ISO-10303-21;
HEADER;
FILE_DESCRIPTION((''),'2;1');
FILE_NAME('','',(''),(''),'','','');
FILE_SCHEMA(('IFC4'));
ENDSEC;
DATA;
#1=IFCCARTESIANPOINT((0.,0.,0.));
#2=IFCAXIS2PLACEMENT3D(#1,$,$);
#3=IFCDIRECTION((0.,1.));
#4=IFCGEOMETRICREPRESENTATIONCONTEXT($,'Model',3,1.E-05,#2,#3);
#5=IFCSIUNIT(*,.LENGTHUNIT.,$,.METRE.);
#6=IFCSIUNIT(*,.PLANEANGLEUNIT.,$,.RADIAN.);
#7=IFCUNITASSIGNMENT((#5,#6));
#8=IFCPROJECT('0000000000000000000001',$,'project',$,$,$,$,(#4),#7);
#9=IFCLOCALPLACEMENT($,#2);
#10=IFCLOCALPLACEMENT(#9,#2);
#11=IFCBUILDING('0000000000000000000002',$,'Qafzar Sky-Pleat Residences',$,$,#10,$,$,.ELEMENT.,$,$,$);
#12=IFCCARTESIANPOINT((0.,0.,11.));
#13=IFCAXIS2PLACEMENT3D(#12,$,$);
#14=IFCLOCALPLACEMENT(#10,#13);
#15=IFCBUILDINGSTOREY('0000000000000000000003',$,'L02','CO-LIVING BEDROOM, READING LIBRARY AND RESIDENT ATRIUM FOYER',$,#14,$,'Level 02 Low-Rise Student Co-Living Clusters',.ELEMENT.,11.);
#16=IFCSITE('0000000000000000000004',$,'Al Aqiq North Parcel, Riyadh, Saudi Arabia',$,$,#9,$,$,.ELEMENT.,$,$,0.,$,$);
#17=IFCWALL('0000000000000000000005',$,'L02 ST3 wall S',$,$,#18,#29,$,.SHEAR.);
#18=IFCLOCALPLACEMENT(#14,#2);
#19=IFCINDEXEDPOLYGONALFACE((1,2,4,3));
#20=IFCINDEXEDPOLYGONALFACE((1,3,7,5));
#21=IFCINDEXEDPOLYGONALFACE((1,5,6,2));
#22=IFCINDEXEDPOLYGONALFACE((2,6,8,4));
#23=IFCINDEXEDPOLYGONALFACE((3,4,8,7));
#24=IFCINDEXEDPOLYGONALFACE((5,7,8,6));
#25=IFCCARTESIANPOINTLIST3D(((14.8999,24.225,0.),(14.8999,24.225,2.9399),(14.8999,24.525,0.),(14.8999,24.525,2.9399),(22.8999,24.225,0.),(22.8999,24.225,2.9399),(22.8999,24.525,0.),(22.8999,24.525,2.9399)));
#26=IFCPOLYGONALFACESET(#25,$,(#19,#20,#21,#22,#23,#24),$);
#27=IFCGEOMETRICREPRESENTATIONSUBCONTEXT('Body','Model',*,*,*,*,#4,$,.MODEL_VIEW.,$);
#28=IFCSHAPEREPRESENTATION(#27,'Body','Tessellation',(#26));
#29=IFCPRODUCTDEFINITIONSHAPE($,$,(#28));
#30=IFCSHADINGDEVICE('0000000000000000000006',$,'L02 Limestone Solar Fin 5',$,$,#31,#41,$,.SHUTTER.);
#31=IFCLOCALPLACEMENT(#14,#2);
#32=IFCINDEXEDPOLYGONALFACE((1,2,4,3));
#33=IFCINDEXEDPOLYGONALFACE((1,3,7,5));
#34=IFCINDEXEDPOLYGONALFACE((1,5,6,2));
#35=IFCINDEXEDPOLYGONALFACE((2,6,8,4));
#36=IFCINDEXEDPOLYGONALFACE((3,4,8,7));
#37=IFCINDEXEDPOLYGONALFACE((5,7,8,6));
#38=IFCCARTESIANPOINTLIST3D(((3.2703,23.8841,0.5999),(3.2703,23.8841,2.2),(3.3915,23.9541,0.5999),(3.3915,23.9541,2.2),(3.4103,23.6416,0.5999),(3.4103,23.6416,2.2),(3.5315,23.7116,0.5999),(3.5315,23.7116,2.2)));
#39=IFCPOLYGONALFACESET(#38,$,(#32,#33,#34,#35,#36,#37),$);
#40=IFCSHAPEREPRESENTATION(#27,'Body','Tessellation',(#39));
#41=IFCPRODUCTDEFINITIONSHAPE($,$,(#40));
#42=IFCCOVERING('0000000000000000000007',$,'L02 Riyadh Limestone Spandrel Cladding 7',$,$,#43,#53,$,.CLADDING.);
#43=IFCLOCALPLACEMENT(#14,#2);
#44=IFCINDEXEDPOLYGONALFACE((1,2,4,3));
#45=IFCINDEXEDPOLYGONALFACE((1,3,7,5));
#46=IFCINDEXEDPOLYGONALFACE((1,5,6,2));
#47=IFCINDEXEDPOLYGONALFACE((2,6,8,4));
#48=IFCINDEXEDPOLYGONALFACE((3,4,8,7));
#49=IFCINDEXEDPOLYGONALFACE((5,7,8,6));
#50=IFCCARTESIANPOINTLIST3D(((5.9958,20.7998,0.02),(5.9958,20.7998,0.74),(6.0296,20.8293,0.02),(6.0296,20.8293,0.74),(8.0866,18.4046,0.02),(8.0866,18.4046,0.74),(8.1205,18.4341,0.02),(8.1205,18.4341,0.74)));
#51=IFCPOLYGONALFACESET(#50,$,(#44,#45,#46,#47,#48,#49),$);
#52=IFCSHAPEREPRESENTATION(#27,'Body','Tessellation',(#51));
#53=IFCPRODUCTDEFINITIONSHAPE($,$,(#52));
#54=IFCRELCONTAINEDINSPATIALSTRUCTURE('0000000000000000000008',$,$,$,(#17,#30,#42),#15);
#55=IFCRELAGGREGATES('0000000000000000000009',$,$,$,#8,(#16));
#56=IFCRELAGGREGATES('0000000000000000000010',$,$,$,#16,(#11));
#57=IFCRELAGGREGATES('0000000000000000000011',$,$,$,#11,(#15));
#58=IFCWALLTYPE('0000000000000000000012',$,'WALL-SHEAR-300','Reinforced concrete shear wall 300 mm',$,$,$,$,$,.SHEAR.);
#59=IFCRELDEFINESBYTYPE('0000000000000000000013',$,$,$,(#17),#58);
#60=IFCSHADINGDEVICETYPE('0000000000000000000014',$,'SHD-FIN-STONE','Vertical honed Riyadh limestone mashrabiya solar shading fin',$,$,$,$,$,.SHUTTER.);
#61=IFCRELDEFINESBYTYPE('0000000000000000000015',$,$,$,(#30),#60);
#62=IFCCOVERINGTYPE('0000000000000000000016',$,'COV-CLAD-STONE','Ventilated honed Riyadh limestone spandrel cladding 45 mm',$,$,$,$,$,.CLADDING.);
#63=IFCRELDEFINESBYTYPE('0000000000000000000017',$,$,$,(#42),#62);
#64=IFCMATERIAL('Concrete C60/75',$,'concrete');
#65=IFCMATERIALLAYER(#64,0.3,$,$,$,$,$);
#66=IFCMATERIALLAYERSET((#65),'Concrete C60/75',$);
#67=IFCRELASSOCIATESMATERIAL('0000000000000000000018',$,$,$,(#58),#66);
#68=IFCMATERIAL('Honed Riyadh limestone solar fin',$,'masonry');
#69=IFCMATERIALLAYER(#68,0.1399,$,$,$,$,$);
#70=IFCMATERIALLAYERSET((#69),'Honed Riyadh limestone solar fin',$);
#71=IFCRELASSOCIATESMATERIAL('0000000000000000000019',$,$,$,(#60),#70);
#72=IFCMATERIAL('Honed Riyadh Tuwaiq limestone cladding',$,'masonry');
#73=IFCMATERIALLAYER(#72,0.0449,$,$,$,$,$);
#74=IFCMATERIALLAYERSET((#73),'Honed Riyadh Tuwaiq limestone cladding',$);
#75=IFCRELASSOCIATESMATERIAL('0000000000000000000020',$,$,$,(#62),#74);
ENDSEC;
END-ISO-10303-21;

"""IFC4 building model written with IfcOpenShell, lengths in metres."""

from ifc_helpers import new_model, si_unit, direction, frame, frame_2d, origin, origin_2d, place, context, subcontext, project, spatial, rectangle, extrude, source, transform, mapped, material, layer, layer_set, type_object, element, save


model = new_model("IFC4")

# Units and contexts
model_context = context("Model", 3, precision=1e-05, world=origin(), true_north=direction((0.0, 1.0)))
body_context = subcontext(model_context, "Body", "Model", "MODEL_VIEW")
ifc_project = project(units=[si_unit("LENGTHUNIT", "METRE"), si_unit("PLANEANGLEUNIT", "RADIAN")], contexts=[model_context])

# Site, building, storey
site_placement = place(None, origin())
site = spatial("IfcSite", under=ifc_project, at=site_placement, Name="Al Aqiq North Parcel, Riyadh, Saudi Arabia", CompositionType="ELEMENT", RefElevation=0.0)
building_placement = place(site_placement, origin())
building = spatial("IfcBuilding", under=site, at=building_placement, Name="Qafzar Sky-Pleat Residences", CompositionType="ELEMENT")
storey_placement = place(building_placement, frame((0.0, 0.0, 11.0)))
storey = spatial("IfcBuildingStorey", under=building, at=storey_placement, Name="L02", Description="CO-LIVING BEDROOM, READING LIBRARY AND RESIDENT ATRIUM FOYER", LongName="Level 02 Low-Rise Student Co-Living Clusters", CompositionType="ELEMENT", Elevation=11.0)

# Shared definitions
ifc_material_1 = material(Name="Concrete C60/75", Category="concrete")

# Wall
ifc_layer_1 = layer(ifc_material_1, 0.3)
ifc_layer_set_1 = layer_set([ifc_layer_1], Name="Concrete C60/75")
wall_type_1 = type_object("IfcWallType", Name="WALL-SHEAR-300", Description="Reinforced concrete shear wall 300 mm", PredefinedType="SHEAR", material=ifc_layer_set_1)
wall_1_placement = place(storey_placement, frame((14.8999, 24.375, 0.0), z_axis=(0.0, 0.0, 1.0), x_axis=(1.0, 0.0, 0.0)))
element("IfcWall", 1, at=wall_1_placement, inside=storey, type_object=wall_type_1, Name="L02 ST3 wall S", PredefinedType="SHEAR", context=body_context, shape_type="SweptSolid", body=[
    extrude(rectangle(XDim=8.0, YDim=0.3, at=frame_2d((4.0, 0.0))), origin(), (0.0, 0.0, 1.0), 2.9399),
])

# Shading device
ifc_material_2 = material(Name="Honed Riyadh limestone solar fin", Category="masonry")
ifc_layer_2 = layer(ifc_material_2, 0.1399)
ifc_layer_set_2 = layer_set([ifc_layer_2], Name="Honed Riyadh limestone solar fin")
shading_device_type = type_object("IfcShadingDeviceType", Name="SHD-FIN-STONE", Description="Vertical honed Riyadh limestone mashrabiya solar shading fin", PredefinedType="SHUTTER", material=ifc_layer_set_2)
shared_shape_1 = source(origin(), body_context, "Body", "SweptSolid", [
    extrude(rectangle(XDim=0.1399, YDim=0.28, at=origin_2d()), origin(), (0.0, 0.0, 1.0), 1.6001),
])
shading_device_placement = place(storey_placement, frame((3.4009, 23.7979, 0.5999), z_axis=(0.0, 0.0, 1.0), x_axis=(-0.866044, -0.499967, 0.0)))
element("IfcShadingDevice", 2, at=shading_device_placement, inside=storey, type_object=shading_device_type, Name="L02 Limestone Solar Fin 5", PredefinedType="SHUTTER", context=body_context, shape_type="MappedRepresentation", body=[
    mapped(shared_shape_1, transform((0.0, 0.0, 0.0), x_axis=(1.0, 0.0, 0.0), y_axis=(0.0, 1.0, 0.0), z_axis=(0.0, 0.0, 1.0), scale=1.0)),
])

# Covering
ifc_material_3 = material(Name="Honed Riyadh Tuwaiq limestone cladding", Category="masonry")
ifc_layer_3 = layer(ifc_material_3, 0.0449)
ifc_layer_set_3 = layer_set([ifc_layer_3], Name="Honed Riyadh Tuwaiq limestone cladding")
covering_type = type_object("IfcCoveringType", Name="COV-CLAD-STONE", Description="Ventilated honed Riyadh limestone spandrel cladding 45 mm", PredefinedType="CLADDING", material=ifc_layer_set_3)
shared_shape_2 = source(origin(), body_context, "Body", "SweptSolid", [
    extrude(rectangle(XDim=3.1794, YDim=0.0449, at=origin_2d()), origin(), (0.0, 0.0, 1.0), 0.72),
])
covering_placement = place(storey_placement, frame((7.0581, 19.6169, 0.02), z_axis=(0.0, 0.0, 1.0), x_axis=(0.657616, -0.753353, 0.0)))
element("IfcCovering", 3, at=covering_placement, inside=storey, type_object=covering_type, Name="L02 Riyadh Limestone Spandrel Cladding 7", PredefinedType="CLADDING", context=body_context, shape_type="MappedRepresentation", body=[
    mapped(shared_shape_2, transform((0.0, 0.0, 0.0), x_axis=(1.0, 0.0, 0.0), y_axis=(0.0, 1.0, 0.0), z_axis=(0.0, 0.0, 1.0), scale=1.0)),
])

save(model, "model.ifc")
